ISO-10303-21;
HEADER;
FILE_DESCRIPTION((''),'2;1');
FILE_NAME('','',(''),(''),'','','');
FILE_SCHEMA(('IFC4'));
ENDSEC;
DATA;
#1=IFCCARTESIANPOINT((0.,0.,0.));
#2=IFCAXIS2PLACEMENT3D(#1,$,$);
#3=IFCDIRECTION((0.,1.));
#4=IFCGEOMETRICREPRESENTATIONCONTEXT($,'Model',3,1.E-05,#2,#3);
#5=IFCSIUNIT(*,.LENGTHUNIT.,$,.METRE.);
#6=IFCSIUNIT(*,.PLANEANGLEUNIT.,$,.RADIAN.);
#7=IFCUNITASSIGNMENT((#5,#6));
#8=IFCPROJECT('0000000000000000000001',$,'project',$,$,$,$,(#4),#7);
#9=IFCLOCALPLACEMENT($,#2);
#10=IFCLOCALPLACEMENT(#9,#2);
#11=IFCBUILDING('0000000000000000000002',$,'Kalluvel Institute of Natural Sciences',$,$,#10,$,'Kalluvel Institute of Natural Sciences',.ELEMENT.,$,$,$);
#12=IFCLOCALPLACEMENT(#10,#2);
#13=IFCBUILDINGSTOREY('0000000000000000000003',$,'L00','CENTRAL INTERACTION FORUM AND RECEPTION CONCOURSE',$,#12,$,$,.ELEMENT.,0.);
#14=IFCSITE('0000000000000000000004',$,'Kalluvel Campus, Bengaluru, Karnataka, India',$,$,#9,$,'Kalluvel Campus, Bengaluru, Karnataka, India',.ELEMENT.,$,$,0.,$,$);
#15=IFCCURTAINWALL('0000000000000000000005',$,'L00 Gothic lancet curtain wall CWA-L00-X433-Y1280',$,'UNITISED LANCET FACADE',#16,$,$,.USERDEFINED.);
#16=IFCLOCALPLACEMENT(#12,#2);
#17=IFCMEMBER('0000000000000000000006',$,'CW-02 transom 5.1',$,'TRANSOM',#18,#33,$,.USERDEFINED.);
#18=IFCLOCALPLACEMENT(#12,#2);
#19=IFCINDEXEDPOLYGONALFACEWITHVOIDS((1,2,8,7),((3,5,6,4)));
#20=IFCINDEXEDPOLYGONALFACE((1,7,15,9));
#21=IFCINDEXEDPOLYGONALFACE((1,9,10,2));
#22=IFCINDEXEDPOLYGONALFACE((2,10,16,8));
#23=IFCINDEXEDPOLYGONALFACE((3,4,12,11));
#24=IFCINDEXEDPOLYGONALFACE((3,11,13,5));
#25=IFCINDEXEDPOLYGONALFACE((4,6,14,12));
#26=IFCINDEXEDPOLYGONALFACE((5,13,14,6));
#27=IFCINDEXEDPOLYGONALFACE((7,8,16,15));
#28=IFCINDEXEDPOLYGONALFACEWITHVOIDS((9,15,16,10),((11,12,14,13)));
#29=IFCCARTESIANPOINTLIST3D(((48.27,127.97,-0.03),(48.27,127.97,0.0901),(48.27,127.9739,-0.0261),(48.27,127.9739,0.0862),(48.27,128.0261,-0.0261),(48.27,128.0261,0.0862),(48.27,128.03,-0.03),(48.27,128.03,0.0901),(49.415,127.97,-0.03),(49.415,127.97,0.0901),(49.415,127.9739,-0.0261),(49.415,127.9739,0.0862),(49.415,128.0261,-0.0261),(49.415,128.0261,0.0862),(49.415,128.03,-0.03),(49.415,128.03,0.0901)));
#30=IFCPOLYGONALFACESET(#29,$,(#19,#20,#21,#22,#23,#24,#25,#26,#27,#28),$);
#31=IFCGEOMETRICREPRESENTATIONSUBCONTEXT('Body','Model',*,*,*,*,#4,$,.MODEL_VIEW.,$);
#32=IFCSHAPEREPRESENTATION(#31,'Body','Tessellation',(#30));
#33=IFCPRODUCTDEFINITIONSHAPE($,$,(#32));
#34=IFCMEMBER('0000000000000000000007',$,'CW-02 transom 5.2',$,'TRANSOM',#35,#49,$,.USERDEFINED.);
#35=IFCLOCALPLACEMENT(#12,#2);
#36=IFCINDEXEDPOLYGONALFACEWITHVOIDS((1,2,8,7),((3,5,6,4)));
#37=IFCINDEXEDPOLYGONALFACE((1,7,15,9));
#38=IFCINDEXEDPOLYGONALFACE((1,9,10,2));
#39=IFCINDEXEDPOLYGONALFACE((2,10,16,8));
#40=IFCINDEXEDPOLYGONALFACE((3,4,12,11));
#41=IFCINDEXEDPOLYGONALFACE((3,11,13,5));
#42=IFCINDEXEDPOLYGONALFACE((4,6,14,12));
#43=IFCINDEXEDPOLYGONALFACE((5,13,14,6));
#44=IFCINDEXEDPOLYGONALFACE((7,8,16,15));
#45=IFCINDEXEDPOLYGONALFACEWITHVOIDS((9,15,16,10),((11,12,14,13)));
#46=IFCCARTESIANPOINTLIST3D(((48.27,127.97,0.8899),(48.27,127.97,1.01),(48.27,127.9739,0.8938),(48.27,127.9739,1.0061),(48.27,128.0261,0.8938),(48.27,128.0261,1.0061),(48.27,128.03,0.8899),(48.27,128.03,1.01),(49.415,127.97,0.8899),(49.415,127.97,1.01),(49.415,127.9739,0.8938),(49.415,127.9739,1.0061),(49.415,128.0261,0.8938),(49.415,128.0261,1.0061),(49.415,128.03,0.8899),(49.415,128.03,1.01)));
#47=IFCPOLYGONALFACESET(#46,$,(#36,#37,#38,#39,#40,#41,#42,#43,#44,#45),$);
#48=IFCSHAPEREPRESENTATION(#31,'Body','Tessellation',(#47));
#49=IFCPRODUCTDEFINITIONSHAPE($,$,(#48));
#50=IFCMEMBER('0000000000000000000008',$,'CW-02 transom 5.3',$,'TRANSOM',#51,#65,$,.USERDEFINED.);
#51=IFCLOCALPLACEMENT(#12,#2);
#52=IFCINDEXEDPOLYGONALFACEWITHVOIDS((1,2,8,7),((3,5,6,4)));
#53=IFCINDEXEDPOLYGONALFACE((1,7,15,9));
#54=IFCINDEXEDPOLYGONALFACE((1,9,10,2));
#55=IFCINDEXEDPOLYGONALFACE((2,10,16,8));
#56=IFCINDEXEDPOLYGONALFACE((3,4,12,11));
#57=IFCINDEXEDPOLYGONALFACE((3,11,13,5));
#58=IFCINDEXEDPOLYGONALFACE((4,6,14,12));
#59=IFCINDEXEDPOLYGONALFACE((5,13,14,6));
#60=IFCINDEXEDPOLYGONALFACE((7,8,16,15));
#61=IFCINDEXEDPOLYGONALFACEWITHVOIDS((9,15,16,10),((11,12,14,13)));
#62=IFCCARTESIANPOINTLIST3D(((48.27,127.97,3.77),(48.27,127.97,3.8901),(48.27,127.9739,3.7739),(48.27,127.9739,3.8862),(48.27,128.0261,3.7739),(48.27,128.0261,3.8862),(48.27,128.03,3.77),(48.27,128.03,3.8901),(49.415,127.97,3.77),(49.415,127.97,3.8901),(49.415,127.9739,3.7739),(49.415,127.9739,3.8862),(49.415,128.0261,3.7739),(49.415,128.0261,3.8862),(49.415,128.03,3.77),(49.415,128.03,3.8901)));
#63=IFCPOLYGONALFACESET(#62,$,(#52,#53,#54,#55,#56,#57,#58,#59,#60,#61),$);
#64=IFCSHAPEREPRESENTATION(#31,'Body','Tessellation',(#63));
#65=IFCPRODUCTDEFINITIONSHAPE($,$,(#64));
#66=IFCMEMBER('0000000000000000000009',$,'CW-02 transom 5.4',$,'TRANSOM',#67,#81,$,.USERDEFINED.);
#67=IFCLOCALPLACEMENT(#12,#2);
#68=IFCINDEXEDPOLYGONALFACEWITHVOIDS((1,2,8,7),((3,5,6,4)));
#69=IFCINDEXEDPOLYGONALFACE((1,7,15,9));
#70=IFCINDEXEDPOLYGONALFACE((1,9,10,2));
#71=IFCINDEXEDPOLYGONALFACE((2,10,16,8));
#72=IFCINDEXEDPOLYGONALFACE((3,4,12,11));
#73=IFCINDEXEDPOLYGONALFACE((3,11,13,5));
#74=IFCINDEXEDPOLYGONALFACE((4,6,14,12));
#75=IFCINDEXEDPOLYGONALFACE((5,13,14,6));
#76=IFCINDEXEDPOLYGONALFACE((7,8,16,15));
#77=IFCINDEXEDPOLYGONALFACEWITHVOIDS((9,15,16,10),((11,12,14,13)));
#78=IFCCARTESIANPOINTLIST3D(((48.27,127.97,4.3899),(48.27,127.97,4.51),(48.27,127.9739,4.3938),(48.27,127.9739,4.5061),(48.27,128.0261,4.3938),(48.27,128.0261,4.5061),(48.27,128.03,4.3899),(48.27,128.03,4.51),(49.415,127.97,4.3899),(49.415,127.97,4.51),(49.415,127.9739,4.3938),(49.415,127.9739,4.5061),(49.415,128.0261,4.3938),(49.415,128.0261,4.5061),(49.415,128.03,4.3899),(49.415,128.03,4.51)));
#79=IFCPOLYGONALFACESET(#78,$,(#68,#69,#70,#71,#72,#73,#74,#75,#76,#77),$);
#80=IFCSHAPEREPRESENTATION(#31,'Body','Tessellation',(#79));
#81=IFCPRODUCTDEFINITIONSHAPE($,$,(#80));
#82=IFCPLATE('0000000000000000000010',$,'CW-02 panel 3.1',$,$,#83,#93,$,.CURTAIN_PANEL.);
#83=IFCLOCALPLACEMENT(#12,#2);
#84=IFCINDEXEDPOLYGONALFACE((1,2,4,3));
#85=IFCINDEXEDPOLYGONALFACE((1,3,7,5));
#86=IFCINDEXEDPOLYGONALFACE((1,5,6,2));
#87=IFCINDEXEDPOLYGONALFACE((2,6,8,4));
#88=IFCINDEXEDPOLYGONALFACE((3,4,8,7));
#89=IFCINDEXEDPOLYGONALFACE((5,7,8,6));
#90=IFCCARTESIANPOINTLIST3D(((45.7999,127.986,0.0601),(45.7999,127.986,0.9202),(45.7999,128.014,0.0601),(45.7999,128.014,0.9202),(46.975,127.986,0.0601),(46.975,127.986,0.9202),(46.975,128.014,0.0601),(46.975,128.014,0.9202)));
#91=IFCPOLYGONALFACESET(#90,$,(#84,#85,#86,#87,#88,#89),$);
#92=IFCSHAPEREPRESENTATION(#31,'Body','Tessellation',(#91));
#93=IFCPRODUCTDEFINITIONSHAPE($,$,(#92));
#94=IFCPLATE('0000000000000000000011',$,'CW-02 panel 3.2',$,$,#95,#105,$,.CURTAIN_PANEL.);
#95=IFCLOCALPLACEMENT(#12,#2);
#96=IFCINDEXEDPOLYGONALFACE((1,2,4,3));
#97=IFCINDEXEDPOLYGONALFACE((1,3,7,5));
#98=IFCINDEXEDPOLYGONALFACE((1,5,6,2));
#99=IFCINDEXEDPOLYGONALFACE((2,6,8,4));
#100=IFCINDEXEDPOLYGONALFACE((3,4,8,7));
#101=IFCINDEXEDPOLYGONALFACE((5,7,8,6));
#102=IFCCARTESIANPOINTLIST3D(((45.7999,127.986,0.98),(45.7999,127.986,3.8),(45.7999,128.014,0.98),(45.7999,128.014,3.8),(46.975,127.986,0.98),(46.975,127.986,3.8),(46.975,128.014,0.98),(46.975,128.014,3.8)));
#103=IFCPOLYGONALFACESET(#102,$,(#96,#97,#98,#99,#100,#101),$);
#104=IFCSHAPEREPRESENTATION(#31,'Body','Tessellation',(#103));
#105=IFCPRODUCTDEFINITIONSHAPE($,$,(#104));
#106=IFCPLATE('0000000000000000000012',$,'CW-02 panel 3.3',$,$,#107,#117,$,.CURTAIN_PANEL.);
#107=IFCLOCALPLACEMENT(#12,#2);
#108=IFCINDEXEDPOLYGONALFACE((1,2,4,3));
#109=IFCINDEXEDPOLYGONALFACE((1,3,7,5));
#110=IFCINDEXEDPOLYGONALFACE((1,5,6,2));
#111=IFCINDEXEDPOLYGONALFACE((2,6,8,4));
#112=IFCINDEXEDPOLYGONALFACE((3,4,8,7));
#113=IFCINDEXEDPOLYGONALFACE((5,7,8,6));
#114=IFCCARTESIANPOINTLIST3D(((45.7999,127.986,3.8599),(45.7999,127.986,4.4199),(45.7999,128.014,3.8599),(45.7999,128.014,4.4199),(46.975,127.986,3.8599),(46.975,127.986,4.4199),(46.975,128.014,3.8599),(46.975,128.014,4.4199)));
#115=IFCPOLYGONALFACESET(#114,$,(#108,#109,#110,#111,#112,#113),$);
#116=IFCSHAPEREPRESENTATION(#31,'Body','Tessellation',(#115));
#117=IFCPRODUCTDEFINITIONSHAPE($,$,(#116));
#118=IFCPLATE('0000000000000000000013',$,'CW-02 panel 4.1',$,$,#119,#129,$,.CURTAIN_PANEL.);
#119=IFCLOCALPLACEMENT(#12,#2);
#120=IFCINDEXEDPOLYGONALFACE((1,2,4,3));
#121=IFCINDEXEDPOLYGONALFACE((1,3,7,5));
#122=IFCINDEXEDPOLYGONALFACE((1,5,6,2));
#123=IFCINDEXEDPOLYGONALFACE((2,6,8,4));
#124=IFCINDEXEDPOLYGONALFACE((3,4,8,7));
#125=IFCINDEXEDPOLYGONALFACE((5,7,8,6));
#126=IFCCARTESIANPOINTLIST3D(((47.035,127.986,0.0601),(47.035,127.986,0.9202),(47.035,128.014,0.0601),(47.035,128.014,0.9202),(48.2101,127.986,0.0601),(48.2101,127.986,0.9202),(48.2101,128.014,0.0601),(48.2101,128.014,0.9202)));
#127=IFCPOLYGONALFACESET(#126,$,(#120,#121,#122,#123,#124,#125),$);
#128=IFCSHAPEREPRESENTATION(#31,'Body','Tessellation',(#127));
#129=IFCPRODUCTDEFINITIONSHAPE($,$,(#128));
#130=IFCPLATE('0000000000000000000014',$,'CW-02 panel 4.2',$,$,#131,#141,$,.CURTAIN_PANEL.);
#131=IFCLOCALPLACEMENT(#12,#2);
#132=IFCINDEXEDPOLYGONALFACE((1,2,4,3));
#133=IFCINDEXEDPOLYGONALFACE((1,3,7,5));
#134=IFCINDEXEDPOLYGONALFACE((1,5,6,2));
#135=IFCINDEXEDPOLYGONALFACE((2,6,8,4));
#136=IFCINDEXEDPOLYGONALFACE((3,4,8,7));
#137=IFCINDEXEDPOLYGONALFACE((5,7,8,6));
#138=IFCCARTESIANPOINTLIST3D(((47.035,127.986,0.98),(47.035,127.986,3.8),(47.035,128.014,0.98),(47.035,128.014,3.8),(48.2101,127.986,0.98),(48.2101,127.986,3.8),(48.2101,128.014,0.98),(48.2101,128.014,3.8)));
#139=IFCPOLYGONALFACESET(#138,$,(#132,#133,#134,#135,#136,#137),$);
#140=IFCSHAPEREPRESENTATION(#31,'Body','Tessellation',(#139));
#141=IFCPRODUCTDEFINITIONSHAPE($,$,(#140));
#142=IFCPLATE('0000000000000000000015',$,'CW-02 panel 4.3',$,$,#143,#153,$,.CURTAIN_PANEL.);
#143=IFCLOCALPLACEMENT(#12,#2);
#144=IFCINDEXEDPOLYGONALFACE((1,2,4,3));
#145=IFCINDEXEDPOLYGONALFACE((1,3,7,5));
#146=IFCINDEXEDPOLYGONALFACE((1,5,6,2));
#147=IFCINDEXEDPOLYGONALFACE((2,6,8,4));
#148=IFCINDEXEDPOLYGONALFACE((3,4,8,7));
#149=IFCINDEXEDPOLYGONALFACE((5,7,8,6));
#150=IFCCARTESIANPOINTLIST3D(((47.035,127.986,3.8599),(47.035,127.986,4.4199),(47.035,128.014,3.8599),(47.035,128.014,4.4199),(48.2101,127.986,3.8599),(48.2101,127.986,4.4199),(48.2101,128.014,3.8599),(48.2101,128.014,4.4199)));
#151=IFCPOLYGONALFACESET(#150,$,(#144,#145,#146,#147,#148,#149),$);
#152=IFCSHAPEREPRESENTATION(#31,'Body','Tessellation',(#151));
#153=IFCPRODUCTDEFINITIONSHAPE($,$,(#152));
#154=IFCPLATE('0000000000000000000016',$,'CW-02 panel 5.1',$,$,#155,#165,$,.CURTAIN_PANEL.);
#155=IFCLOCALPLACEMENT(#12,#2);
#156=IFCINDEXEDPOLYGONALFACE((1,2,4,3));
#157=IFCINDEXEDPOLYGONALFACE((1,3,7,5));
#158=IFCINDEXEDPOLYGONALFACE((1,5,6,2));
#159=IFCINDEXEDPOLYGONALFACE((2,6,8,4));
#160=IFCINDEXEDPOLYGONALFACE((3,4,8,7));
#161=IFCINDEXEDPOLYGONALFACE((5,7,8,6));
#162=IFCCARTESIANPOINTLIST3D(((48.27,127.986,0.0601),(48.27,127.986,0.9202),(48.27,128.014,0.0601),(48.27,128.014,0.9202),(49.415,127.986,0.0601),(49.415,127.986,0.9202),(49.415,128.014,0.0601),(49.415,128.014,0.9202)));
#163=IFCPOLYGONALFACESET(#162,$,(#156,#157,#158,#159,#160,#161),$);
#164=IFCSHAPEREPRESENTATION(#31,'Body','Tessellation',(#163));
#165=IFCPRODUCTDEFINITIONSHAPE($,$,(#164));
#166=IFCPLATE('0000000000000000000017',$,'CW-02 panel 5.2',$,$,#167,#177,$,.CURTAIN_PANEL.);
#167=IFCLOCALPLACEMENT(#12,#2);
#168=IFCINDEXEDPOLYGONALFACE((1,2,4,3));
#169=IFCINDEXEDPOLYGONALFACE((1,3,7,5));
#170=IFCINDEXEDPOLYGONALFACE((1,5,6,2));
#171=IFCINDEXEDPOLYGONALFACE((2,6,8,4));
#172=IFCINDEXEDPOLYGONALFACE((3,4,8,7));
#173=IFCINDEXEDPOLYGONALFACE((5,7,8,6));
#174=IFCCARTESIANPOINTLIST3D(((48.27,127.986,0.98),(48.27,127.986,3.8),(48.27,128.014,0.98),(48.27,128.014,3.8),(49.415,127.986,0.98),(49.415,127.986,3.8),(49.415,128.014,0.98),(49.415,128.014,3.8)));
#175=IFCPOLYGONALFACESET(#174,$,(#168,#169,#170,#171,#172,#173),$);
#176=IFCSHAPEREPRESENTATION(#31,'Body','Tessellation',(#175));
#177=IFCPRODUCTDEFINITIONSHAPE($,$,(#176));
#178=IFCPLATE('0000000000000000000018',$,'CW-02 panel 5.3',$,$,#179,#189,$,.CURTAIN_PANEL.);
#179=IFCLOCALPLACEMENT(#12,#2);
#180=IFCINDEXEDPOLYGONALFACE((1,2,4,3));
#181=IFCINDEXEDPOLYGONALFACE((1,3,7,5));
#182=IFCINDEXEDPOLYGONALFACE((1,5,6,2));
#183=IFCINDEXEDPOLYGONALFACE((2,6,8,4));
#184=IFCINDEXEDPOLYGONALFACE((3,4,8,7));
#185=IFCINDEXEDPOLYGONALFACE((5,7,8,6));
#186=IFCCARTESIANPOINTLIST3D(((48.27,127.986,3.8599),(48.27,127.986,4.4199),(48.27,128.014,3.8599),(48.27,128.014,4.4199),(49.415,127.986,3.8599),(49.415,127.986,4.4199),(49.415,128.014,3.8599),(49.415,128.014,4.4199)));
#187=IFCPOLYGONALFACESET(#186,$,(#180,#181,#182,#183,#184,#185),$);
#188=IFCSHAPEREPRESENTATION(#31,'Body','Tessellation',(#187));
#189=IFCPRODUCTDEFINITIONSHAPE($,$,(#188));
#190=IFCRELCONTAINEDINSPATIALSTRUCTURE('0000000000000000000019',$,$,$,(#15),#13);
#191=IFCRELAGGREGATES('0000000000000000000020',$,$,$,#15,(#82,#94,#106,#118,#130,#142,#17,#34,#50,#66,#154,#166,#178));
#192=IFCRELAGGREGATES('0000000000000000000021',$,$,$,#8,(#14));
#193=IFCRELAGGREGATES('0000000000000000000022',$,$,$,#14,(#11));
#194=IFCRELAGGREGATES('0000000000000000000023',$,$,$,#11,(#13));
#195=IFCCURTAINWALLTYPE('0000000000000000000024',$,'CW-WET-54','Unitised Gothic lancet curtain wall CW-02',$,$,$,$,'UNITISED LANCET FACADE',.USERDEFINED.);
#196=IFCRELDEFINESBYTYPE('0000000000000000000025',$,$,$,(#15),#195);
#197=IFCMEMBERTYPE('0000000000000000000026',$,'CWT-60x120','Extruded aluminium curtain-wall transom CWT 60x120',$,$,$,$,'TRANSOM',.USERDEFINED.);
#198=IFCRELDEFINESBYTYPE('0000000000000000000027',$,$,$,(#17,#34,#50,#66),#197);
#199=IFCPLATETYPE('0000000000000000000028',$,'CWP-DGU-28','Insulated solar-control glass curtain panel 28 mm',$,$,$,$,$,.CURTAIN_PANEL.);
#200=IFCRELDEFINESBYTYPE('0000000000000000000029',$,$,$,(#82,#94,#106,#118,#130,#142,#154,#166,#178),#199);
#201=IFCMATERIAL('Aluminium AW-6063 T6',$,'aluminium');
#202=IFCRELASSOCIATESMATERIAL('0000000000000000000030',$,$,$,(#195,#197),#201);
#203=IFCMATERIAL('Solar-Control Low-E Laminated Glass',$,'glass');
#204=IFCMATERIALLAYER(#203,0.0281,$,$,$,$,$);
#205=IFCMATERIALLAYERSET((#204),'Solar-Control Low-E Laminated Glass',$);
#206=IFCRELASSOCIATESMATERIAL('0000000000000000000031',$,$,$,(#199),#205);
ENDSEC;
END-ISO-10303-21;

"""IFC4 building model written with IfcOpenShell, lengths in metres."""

from ifc_helpers import new_model, si_unit, direction, frame, origin, origin_2d, place, context, subcontext, project, spatial, rectangle, hollow_rectangle, extrude, material, layer, layer_set, material_profile, profile_set, type_object, element, aggregate, save


model = new_model("IFC4")

# Units and contexts
model_context = context("Model", 3, precision=1e-05, world=origin(), true_north=direction((0.0, 1.0)))
body_context = subcontext(model_context, "Body", "Model", "MODEL_VIEW")
ifc_project = project(units=[si_unit("LENGTHUNIT", "METRE"), si_unit("PLANEANGLEUNIT", "RADIAN")], contexts=[model_context])

# Site, building, storey
site_placement = place(None, origin())
site = spatial("IfcSite", under=ifc_project, at=site_placement, Name="Kalluvel Campus, Bengaluru, Karnataka, India", LongName="Kalluvel Campus, Bengaluru, Karnataka, India", CompositionType="ELEMENT", RefElevation=0.0)
building_placement = place(site_placement, origin())
building = spatial("IfcBuilding", under=site, at=building_placement, Name="Kalluvel Institute of Natural Sciences", LongName="Kalluvel Institute of Natural Sciences", CompositionType="ELEMENT")
storey_placement = place(building_placement, origin())
storey = spatial("IfcBuildingStorey", under=building, at=storey_placement, Name="L00", Description="CENTRAL INTERACTION FORUM AND RECEPTION CONCOURSE", CompositionType="ELEMENT", Elevation=0.0)

# Curtain wall, members, plates
ifc_material_1 = material(Name="Aluminium AW-6063 T6", Category="aluminium")
curtain_wall_type = type_object("IfcCurtainWallType", Name="CW-WET-54", Description="Unitised Gothic lancet curtain wall CW-02", ElementType="UNITISED LANCET FACADE", PredefinedType="USERDEFINED", material=ifc_material_1)
curtain_wall_placement = place(storey_placement, origin())
curtain_wall = element("IfcCurtainWall", 1, at=curtain_wall_placement, inside=storey, type_object=curtain_wall_type, Name="L00 Gothic lancet curtain wall CWA-L00-X433-Y1280", ObjectType="UNITISED LANCET FACADE", PredefinedType="USERDEFINED")
ifc_material_profile_1 = material_profile(ifc_material_1, hollow_rectangle(XDim=0.0601, YDim=0.1201, WallThickness=0.0039, at=origin_2d()), Name="CWT 60x120")
ifc_profile_set_1 = profile_set([ifc_material_profile_1], Name="Aluminium AW-6063 T6")
member_type_1 = type_object("IfcMemberType", Name="CWT-60x120", Description="Extruded aluminium curtain-wall transom CWT 60x120", ElementType="TRANSOM", PredefinedType="USERDEFINED", material=ifc_profile_set_1)
member_1_placement = place(storey_placement, frame((48.27, 128.0, 0.03), z_axis=(1.0, 0.0, 0.0), x_axis=(0.0, 1.0, 0.0)))
member_1 = element("IfcMember", 2, at=member_1_placement, type_object=member_type_1, Name="CW-02 transom 5.1", ObjectType="TRANSOM", PredefinedType="USERDEFINED", context=body_context, shape_type="SweptSolid", body=[
    extrude(hollow_rectangle(XDim=0.0601, YDim=0.1201, WallThickness=0.0039, at=origin_2d()), origin(), (0.0, 0.0, 1.0), 1.145),
])
member_2_placement = place(storey_placement, frame((48.27, 128.0, 0.95), z_axis=(1.0, 0.0, 0.0), x_axis=(0.0, 1.0, 0.0)))
member_2 = element("IfcMember", 3, at=member_2_placement, type_object=member_type_1, Name="CW-02 transom 5.2", ObjectType="TRANSOM", PredefinedType="USERDEFINED", context=body_context, shape_type="SweptSolid", body=[
    extrude(hollow_rectangle(XDim=0.0601, YDim=0.1201, WallThickness=0.0039, at=origin_2d()), origin(), (0.0, 0.0, 1.0), 1.145),
])
member_3_placement = place(storey_placement, frame((48.27, 128.0, 3.8301), z_axis=(1.0, 0.0, 0.0), x_axis=(0.0, 1.0, 0.0)))
member_3 = element("IfcMember", 4, at=member_3_placement, type_object=member_type_1, Name="CW-02 transom 5.3", ObjectType="TRANSOM", PredefinedType="USERDEFINED", context=body_context, shape_type="SweptSolid", body=[
    extrude(hollow_rectangle(XDim=0.0601, YDim=0.1201, WallThickness=0.0039, at=origin_2d()), origin(), (0.0, 0.0, 1.0), 1.145),
])
member_4_placement = place(storey_placement, frame((48.27, 128.0, 4.45), z_axis=(1.0, 0.0, 0.0), x_axis=(0.0, 1.0, 0.0)))
member_4 = element("IfcMember", 5, at=member_4_placement, type_object=member_type_1, Name="CW-02 transom 5.4", ObjectType="TRANSOM", PredefinedType="USERDEFINED", context=body_context, shape_type="SweptSolid", body=[
    extrude(hollow_rectangle(XDim=0.0601, YDim=0.1201, WallThickness=0.0039, at=origin_2d()), origin(), (0.0, 0.0, 1.0), 1.145),
])
ifc_material_2 = material(Name="Solar-Control Low-E Laminated Glass", Category="glass")
ifc_layer = layer(ifc_material_2, 0.0281)
ifc_layer_set = layer_set([ifc_layer], Name="Solar-Control Low-E Laminated Glass")
plate_type = type_object("IfcPlateType", Name="CWP-DGU-28", Description="Insulated solar-control glass curtain panel 28 mm", PredefinedType="CURTAIN_PANEL", material=ifc_layer_set)
plate_1_placement = place(storey_placement, frame((46.3875, 128.0, 0.0601), z_axis=(0.0, 0.0, 1.0), x_axis=(1.0, 0.0, 0.0)))
plate_1 = element("IfcPlate", 6, at=plate_1_placement, type_object=plate_type, Name="CW-02 panel 3.1", PredefinedType="CURTAIN_PANEL", context=body_context, shape_type="SweptSolid", body=[
    extrude(rectangle(XDim=1.175, YDim=0.0281, at=origin_2d()), origin(), (0.0, 0.0, 1.0), 0.8601),
])
plate_2_placement = place(storey_placement, frame((46.3875, 128.0, 0.98), z_axis=(0.0, 0.0, 1.0), x_axis=(1.0, 0.0, 0.0)))
plate_2 = element("IfcPlate", 7, at=plate_2_placement, type_object=plate_type, Name="CW-02 panel 3.2", PredefinedType="CURTAIN_PANEL", context=body_context, shape_type="SweptSolid", body=[
    extrude(rectangle(XDim=1.175, YDim=0.0281, at=origin_2d()), origin(), (0.0, 0.0, 1.0), 2.8201),
])
plate_3_placement = place(storey_placement, frame((46.3875, 128.0, 3.8599), z_axis=(0.0, 0.0, 1.0), x_axis=(1.0, 0.0, 0.0)))
plate_3 = element("IfcPlate", 8, at=plate_3_placement, type_object=plate_type, Name="CW-02 panel 3.3", PredefinedType="CURTAIN_PANEL", context=body_context, shape_type="SweptSolid", body=[
    extrude(rectangle(XDim=1.175, YDim=0.0281, at=origin_2d()), origin(), (0.0, 0.0, 1.0), 0.5601),
])
plate_4_placement = place(storey_placement, frame((47.6226, 128.0, 0.0601), z_axis=(0.0, 0.0, 1.0), x_axis=(1.0, 0.0, 0.0)))
plate_4 = element("IfcPlate", 9, at=plate_4_placement, type_object=plate_type, Name="CW-02 panel 4.1", PredefinedType="CURTAIN_PANEL", context=body_context, shape_type="SweptSolid", body=[
    extrude(rectangle(XDim=1.175, YDim=0.0281, at=origin_2d()), origin(), (0.0, 0.0, 1.0), 0.8601),
])
plate_5_placement = place(storey_placement, frame((47.6226, 128.0, 0.98), z_axis=(0.0, 0.0, 1.0), x_axis=(1.0, 0.0, 0.0)))
plate_5 = element("IfcPlate", 10, at=plate_5_placement, type_object=plate_type, Name="CW-02 panel 4.2", PredefinedType="CURTAIN_PANEL", context=body_context, shape_type="SweptSolid", body=[
    extrude(rectangle(XDim=1.175, YDim=0.0281, at=origin_2d()), origin(), (0.0, 0.0, 1.0), 2.8201),
])
plate_6_placement = place(storey_placement, frame((47.6226, 128.0, 3.8599), z_axis=(0.0, 0.0, 1.0), x_axis=(1.0, 0.0, 0.0)))
plate_6 = element("IfcPlate", 11, at=plate_6_placement, type_object=plate_type, Name="CW-02 panel 4.3", PredefinedType="CURTAIN_PANEL", context=body_context, shape_type="SweptSolid", body=[
    extrude(rectangle(XDim=1.175, YDim=0.0281, at=origin_2d()), origin(), (0.0, 0.0, 1.0), 0.5601),
])
plate_7_placement = place(storey_placement, frame((48.8425, 128.0, 0.0601), z_axis=(0.0, 0.0, 1.0), x_axis=(1.0, 0.0, 0.0)))
plate_7 = element("IfcPlate", 12, at=plate_7_placement, type_object=plate_type, Name="CW-02 panel 5.1", PredefinedType="CURTAIN_PANEL", context=body_context, shape_type="SweptSolid", body=[
    extrude(rectangle(XDim=1.145, YDim=0.0281, at=origin_2d()), origin(), (0.0, 0.0, 1.0), 0.8601),
])
plate_8_placement = place(storey_placement, frame((48.8425, 128.0, 0.98), z_axis=(0.0, 0.0, 1.0), x_axis=(1.0, 0.0, 0.0)))
plate_8 = element("IfcPlate", 13, at=plate_8_placement, type_object=plate_type, Name="CW-02 panel 5.2", PredefinedType="CURTAIN_PANEL", context=body_context, shape_type="SweptSolid", body=[
    extrude(rectangle(XDim=1.145, YDim=0.0281, at=origin_2d()), origin(), (0.0, 0.0, 1.0), 2.8201),
])
plate_9_placement = place(storey_placement, frame((48.8425, 128.0, 3.8599), z_axis=(0.0, 0.0, 1.0), x_axis=(1.0, 0.0, 0.0)))
plate_9 = element("IfcPlate", 14, at=plate_9_placement, type_object=plate_type, Name="CW-02 panel 5.3", PredefinedType="CURTAIN_PANEL", context=body_context, shape_type="SweptSolid", body=[
    extrude(rectangle(XDim=1.145, YDim=0.0281, at=origin_2d()), origin(), (0.0, 0.0, 1.0), 0.5601),
])
aggregate(curtain_wall, [plate_1, plate_2, plate_3, plate_4, plate_5, plate_6, member_1, member_2, member_3, member_4, plate_7, plate_8, plate_9])

save(model, "model.ifc")
